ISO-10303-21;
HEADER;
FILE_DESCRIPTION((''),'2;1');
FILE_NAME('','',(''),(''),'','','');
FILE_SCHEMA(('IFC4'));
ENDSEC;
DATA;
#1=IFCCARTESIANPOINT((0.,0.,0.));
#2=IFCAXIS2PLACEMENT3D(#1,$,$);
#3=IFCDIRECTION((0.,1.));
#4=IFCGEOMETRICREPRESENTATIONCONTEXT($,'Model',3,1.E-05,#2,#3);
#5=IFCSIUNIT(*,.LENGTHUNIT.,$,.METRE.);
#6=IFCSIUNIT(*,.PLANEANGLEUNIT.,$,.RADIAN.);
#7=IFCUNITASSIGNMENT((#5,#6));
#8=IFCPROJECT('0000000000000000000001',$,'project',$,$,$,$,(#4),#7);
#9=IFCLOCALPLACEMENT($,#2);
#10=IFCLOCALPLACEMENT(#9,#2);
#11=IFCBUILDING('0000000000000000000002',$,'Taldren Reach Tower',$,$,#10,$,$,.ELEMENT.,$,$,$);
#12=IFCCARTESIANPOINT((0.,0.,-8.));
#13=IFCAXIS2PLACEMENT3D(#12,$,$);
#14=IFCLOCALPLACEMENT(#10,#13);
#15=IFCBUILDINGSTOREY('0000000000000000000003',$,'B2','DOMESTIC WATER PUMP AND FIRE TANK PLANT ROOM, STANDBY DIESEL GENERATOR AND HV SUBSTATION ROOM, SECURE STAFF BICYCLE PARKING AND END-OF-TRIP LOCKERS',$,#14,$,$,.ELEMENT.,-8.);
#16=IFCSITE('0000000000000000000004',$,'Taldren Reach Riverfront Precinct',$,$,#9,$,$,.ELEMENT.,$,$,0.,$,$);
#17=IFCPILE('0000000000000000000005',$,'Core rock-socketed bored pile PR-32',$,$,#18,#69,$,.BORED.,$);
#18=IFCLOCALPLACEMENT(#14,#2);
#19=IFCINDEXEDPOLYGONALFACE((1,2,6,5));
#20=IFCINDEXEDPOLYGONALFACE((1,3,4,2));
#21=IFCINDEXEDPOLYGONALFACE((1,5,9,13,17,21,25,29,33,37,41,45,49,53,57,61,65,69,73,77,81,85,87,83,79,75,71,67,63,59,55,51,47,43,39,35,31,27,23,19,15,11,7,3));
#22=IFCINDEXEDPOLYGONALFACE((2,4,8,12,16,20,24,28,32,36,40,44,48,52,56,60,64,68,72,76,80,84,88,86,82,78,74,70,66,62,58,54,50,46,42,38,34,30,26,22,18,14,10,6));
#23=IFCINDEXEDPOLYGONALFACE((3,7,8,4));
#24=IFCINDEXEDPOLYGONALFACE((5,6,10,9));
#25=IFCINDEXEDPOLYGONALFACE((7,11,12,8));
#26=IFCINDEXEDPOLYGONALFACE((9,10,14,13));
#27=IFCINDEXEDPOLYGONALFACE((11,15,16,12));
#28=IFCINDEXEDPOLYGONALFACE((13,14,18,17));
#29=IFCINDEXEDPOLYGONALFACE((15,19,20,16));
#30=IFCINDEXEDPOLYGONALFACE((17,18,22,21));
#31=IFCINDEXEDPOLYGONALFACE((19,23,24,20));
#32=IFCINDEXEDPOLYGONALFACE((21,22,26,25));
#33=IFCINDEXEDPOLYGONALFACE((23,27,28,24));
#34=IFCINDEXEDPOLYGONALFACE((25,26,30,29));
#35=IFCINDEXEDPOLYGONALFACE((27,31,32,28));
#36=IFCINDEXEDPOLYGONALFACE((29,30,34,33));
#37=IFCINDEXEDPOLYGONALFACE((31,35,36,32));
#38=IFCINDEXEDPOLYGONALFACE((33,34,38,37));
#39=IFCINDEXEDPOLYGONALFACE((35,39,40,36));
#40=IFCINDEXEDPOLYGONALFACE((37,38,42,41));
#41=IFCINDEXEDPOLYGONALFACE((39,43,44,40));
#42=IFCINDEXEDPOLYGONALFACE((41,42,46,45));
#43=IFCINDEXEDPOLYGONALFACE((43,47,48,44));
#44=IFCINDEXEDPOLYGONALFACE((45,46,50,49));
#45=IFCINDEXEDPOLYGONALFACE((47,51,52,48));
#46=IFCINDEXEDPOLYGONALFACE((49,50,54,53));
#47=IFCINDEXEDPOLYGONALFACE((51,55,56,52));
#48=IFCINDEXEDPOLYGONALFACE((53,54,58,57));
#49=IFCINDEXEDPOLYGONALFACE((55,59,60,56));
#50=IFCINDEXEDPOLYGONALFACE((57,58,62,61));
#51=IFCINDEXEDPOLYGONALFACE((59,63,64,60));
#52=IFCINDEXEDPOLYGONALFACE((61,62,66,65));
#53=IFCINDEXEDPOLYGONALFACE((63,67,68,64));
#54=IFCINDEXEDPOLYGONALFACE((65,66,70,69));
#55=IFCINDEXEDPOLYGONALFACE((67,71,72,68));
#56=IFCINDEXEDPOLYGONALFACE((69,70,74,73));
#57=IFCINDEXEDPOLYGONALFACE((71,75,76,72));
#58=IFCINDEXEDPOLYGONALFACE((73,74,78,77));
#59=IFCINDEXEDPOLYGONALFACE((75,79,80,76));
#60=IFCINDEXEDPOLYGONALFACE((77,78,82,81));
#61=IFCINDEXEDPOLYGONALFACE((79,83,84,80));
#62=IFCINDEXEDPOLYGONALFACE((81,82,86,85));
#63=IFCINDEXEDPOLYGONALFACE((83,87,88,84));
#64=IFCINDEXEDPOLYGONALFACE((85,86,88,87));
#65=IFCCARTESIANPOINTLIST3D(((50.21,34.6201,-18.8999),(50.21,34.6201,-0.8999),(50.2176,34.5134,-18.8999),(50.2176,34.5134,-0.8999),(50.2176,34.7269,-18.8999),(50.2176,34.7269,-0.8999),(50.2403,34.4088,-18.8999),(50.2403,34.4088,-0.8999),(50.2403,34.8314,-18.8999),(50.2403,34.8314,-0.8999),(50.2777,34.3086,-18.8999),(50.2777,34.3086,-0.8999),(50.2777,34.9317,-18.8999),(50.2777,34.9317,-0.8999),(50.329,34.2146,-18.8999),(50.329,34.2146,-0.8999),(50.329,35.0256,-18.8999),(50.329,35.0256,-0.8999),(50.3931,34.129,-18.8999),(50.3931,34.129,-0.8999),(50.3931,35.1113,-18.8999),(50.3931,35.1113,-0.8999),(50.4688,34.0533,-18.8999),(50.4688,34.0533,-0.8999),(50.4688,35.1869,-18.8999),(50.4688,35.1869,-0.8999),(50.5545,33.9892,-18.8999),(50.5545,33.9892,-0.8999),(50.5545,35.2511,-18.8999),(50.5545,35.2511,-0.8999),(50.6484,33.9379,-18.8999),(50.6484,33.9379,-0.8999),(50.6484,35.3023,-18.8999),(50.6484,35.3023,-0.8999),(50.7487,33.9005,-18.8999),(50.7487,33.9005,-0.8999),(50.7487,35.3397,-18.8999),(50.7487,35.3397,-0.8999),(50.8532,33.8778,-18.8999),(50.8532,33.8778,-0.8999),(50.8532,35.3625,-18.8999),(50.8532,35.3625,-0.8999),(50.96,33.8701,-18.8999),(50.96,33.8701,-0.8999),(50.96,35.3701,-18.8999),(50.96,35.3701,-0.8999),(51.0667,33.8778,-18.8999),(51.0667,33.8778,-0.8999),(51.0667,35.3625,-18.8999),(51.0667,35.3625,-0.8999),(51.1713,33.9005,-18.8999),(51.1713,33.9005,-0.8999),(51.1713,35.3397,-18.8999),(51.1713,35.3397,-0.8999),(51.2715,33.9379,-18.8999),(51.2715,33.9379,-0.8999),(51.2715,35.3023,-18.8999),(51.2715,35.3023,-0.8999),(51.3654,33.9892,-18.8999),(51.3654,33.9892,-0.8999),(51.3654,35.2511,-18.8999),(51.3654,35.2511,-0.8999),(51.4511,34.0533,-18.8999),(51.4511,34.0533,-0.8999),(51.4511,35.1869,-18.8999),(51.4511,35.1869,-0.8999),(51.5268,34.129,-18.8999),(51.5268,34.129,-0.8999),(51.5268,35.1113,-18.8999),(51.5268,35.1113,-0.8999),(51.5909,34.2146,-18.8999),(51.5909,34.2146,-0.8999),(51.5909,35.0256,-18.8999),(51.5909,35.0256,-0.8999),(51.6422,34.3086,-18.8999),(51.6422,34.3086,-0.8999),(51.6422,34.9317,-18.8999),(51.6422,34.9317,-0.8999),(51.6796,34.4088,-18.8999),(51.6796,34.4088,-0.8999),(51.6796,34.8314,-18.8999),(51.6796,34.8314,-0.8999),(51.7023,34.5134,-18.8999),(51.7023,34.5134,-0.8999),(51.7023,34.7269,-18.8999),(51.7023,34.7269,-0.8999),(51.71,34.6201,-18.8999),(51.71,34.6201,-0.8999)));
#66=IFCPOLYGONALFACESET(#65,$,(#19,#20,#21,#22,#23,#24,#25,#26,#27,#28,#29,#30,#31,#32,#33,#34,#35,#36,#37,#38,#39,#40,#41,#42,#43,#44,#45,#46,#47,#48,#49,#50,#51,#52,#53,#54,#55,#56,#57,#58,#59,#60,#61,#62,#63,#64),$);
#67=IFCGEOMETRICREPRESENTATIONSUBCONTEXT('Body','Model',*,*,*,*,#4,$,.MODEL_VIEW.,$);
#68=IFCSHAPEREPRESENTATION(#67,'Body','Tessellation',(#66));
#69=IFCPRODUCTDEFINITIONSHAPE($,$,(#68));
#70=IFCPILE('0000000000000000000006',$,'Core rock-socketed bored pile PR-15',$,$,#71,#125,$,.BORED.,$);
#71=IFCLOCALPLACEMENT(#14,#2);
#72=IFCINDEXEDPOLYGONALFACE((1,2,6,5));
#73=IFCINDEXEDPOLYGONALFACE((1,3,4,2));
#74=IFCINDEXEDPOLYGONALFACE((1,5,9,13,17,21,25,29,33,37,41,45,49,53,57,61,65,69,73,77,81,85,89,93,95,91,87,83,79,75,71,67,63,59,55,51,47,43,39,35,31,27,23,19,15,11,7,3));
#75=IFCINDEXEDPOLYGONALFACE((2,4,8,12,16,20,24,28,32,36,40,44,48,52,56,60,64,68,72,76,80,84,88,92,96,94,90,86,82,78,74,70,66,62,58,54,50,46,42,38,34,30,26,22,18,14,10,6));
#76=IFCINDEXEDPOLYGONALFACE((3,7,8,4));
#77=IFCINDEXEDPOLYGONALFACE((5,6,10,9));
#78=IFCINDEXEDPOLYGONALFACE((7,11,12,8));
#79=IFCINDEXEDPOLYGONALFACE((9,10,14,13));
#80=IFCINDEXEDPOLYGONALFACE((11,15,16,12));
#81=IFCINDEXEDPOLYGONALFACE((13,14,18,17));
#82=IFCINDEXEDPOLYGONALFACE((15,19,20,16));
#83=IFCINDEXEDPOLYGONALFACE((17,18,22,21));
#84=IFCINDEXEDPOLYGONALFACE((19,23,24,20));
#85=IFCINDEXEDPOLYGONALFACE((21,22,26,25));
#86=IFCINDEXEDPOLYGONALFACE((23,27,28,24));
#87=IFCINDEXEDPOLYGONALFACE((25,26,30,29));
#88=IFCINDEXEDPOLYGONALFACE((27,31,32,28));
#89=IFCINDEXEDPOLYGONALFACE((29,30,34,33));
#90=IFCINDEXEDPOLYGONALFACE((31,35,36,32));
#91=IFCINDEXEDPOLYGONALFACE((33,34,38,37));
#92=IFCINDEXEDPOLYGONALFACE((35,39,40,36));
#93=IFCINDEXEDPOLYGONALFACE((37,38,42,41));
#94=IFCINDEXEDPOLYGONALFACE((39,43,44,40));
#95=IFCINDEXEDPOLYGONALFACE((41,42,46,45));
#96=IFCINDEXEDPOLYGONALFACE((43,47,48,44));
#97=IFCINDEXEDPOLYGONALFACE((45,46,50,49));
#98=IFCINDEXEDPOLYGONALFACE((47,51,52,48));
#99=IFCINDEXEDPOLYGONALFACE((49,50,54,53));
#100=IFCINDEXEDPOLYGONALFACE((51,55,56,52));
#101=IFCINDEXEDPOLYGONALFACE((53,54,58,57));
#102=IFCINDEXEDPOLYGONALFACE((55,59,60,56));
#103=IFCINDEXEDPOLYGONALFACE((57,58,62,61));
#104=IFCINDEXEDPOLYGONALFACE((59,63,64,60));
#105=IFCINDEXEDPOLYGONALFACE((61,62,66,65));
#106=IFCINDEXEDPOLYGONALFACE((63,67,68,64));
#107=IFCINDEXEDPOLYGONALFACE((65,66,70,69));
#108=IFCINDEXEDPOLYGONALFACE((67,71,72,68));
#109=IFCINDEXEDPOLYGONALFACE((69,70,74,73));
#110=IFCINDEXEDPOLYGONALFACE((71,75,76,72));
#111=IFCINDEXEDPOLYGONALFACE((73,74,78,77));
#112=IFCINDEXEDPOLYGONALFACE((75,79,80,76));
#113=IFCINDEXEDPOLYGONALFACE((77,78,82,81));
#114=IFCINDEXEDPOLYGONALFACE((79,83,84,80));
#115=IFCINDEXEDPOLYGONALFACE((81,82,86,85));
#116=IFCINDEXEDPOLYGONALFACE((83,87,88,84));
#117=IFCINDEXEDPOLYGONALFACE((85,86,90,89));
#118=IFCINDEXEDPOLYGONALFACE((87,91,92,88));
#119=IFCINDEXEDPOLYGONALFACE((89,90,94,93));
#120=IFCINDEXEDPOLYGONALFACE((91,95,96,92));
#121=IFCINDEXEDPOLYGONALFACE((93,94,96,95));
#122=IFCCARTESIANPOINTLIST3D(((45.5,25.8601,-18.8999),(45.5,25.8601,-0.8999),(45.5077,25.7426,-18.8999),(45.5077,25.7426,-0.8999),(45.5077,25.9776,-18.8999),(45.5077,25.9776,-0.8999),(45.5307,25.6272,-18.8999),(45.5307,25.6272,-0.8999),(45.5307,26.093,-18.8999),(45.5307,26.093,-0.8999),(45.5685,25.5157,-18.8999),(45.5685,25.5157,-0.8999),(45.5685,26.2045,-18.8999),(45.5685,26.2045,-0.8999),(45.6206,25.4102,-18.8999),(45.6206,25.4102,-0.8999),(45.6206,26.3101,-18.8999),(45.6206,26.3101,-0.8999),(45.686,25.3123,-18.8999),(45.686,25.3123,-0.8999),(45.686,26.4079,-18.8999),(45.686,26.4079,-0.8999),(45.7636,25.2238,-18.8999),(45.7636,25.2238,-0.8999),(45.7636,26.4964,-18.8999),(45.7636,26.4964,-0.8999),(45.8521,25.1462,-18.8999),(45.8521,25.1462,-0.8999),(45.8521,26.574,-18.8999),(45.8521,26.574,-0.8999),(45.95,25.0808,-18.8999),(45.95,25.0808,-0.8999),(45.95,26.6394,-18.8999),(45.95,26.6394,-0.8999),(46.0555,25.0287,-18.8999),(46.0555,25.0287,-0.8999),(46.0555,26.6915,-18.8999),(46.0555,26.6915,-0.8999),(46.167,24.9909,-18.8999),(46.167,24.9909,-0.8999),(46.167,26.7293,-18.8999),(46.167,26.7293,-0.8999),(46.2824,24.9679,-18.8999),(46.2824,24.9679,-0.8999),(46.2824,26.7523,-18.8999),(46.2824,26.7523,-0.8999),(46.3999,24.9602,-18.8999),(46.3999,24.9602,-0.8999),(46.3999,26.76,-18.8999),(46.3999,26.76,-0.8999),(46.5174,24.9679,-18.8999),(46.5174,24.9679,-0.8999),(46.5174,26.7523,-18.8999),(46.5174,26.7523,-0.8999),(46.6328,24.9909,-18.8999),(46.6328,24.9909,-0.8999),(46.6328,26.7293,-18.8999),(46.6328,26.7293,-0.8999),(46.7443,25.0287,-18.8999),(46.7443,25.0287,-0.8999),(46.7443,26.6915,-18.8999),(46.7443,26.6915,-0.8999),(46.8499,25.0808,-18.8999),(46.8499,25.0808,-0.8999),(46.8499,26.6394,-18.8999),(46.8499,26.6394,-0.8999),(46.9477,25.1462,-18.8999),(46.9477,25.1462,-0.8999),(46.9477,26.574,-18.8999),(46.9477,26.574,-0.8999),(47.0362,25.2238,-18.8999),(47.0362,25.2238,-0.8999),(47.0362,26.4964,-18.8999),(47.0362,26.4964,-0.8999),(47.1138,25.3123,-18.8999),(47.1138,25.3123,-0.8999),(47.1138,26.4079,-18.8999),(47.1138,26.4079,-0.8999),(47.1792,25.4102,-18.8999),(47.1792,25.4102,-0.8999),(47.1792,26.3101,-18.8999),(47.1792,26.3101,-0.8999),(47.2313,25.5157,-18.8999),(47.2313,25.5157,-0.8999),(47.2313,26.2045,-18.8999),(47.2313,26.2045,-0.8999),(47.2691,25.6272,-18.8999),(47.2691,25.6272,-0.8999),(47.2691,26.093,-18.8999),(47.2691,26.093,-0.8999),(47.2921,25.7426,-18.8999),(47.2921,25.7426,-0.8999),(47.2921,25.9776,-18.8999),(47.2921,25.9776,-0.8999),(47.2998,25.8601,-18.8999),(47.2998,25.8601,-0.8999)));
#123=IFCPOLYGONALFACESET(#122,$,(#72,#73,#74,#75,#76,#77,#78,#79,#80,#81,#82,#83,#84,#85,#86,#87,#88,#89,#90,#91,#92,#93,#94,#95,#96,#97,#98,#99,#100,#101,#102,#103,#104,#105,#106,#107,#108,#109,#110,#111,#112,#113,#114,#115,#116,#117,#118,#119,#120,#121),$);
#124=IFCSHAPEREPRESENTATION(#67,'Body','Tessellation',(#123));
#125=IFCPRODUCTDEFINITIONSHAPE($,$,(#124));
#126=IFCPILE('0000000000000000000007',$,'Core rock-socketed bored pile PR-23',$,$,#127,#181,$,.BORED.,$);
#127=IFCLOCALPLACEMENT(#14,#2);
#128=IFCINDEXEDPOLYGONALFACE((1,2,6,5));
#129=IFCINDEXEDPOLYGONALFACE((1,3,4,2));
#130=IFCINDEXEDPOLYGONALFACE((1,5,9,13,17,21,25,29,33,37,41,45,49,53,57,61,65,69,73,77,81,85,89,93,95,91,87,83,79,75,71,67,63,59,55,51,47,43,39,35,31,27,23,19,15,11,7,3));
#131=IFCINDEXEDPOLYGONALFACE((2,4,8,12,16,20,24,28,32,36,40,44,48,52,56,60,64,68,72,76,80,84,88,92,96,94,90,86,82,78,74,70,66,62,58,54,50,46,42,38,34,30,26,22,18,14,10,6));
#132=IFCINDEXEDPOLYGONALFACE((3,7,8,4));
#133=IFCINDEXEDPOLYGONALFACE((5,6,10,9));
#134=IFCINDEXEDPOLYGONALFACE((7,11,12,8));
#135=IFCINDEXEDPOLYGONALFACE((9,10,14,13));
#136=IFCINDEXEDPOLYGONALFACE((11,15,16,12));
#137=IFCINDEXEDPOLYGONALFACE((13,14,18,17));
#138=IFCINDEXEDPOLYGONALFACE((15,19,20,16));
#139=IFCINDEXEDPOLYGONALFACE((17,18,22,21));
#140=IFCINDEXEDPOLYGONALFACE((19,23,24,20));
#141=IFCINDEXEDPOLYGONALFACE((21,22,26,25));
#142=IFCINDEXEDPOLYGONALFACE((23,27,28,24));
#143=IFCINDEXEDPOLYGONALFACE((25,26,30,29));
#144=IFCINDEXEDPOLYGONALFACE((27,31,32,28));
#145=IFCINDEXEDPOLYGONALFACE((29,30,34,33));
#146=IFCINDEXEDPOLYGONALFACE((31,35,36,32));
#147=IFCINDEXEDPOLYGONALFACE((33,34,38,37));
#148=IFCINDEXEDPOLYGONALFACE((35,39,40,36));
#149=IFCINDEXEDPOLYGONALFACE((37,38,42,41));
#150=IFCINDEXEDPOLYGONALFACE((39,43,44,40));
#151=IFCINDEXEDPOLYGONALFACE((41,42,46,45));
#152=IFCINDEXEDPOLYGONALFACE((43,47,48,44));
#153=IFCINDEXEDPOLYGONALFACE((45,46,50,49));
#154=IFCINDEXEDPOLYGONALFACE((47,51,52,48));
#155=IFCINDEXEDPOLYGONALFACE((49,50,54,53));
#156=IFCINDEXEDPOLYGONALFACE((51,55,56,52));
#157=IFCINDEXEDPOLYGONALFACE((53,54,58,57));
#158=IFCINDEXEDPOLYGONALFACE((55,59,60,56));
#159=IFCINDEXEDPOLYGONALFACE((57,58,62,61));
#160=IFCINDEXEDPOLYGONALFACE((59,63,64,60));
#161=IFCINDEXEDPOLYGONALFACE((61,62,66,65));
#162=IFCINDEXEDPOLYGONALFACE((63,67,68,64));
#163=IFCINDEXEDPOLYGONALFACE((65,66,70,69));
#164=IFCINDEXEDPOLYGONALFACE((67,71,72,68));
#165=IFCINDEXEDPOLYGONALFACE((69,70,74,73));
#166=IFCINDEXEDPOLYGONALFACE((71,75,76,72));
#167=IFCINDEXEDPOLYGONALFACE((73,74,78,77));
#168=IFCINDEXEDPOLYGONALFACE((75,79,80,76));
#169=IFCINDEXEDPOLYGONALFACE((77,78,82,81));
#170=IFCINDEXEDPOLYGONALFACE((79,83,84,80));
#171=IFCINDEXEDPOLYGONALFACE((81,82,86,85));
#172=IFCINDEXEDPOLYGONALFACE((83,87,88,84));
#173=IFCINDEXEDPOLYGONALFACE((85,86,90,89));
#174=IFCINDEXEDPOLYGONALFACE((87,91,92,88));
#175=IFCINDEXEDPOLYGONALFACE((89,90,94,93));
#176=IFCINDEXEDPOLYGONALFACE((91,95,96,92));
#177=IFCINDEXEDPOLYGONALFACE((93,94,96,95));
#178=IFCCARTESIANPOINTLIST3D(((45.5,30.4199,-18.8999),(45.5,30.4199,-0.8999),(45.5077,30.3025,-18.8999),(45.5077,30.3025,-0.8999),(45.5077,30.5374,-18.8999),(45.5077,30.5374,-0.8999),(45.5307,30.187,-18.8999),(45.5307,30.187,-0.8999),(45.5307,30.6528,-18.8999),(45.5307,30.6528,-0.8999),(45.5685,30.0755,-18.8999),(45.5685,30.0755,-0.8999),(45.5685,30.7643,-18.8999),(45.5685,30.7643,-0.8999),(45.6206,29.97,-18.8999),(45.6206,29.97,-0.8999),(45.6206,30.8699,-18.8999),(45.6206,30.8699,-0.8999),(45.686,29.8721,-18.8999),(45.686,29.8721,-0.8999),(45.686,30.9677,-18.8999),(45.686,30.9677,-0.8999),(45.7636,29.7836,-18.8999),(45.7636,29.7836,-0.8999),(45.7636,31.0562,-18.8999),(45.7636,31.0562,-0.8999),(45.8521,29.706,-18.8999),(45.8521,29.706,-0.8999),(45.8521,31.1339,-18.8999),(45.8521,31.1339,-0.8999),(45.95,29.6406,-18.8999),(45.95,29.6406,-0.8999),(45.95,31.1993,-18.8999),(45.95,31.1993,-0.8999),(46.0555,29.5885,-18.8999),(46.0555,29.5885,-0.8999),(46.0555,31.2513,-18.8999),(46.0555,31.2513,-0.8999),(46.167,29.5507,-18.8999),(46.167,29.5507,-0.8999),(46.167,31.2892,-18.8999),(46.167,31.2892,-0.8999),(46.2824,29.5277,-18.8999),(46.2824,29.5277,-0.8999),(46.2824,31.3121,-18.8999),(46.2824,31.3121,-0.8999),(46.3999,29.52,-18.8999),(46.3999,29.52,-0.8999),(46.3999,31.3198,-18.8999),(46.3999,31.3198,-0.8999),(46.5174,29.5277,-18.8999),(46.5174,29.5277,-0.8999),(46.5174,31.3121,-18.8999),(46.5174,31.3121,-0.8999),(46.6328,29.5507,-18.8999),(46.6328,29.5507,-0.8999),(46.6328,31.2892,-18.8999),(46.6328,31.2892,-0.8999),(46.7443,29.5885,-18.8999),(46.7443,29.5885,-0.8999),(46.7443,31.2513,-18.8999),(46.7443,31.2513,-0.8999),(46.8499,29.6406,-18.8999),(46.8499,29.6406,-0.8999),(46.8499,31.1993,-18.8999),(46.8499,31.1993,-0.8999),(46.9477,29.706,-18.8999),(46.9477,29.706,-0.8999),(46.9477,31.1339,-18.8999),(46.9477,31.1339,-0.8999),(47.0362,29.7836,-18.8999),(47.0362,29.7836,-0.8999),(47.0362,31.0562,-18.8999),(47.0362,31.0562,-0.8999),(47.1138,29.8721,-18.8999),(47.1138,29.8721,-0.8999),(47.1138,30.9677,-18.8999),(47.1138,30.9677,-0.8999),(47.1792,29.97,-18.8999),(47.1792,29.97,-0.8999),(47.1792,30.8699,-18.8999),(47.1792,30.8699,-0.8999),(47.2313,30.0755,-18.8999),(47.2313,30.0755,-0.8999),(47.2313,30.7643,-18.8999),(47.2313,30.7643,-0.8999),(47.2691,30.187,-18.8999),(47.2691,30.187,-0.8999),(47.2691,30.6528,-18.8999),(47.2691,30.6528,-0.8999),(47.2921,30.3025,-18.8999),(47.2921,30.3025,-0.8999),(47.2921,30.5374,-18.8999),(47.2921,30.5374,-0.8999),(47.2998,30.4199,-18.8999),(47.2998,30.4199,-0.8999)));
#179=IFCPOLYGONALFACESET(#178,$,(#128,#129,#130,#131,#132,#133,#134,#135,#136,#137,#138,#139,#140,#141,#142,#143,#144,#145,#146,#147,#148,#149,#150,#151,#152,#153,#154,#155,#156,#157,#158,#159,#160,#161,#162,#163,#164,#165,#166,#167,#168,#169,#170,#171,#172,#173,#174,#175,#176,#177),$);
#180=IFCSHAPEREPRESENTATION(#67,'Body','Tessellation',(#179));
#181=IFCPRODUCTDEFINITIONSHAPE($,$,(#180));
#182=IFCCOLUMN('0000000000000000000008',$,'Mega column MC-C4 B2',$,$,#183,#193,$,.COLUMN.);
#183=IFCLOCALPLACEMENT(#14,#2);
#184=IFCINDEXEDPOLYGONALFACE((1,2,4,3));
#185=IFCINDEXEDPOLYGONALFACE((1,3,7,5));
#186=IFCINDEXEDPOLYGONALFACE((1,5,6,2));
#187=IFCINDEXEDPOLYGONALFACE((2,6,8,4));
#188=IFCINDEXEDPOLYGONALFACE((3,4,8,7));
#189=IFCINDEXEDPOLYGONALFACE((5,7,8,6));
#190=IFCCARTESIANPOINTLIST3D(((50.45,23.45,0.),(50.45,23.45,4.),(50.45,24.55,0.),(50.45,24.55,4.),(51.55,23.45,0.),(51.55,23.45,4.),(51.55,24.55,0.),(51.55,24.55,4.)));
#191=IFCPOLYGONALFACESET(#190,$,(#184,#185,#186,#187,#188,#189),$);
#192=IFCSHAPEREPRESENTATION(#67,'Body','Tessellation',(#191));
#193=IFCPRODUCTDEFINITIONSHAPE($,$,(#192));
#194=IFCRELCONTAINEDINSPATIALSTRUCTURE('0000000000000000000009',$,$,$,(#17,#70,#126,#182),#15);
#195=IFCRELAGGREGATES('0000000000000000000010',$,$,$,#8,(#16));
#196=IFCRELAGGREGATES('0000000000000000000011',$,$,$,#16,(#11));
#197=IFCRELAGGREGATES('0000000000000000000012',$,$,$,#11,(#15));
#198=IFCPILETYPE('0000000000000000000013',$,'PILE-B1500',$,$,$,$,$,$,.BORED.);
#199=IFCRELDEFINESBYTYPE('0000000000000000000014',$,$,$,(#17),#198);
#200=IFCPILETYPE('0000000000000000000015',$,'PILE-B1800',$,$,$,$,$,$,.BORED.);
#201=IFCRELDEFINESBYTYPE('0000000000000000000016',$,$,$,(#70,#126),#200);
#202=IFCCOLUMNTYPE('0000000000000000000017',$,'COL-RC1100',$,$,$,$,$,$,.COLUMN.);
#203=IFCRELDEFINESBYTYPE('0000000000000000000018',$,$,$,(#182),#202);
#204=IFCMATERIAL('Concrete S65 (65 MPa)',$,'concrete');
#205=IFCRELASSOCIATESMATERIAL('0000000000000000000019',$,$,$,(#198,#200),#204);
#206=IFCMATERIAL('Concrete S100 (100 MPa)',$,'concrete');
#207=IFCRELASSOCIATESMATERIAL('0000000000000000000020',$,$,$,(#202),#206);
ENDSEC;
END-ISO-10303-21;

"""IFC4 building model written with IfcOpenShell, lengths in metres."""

from ifc_helpers import new_model, si_unit, direction, frame, origin, origin_2d, place, context, subcontext, project, spatial, rectangle, circle, extrude, source, transform, mapped, material, material_profile, profile_set, type_object, element, save


model = new_model("IFC4")

# Units and contexts
model_context = context("Model", 3, precision=1e-05, world=origin(), true_north=direction((0.0, 1.0)))
body_context = subcontext(model_context, "Body", "Model", "MODEL_VIEW")
ifc_project = project(units=[si_unit("LENGTHUNIT", "METRE"), si_unit("PLANEANGLEUNIT", "RADIAN")], contexts=[model_context])

# Site, building, storey
site_placement = place(None, origin())
site = spatial("IfcSite", under=ifc_project, at=site_placement, Name="Taldren Reach Riverfront Precinct", CompositionType="ELEMENT", RefElevation=0.0)
building_placement = place(site_placement, origin())
building = spatial("IfcBuilding", under=site, at=building_placement, Name="Taldren Reach Tower", CompositionType="ELEMENT")
storey_placement = place(building_placement, frame((0.0, 0.0, -8.0)))
storey = spatial("IfcBuildingStorey", under=building, at=storey_placement, Name="B2", Description="DOMESTIC WATER PUMP AND FIRE TANK PLANT ROOM, STANDBY DIESEL GENERATOR AND HV SUBSTATION ROOM, SECURE STAFF BICYCLE PARKING AND END-OF-TRIP LOCKERS", CompositionType="ELEMENT", Elevation=-8.0)

# Piles
ifc_material_1 = material(Name="Concrete S65 (65 MPa)", Category="concrete")
ifc_material_profile_1 = material_profile(ifc_material_1, circle(Radius=0.75, at=origin_2d()), Name="PB-1500")
ifc_profile_set_1 = profile_set([ifc_material_profile_1], Name="Concrete S65 (65 MPa)")
pile_type_1 = type_object("IfcPileType", Name="PILE-B1500", PredefinedType="BORED", material=ifc_profile_set_1)
shared_shape_1 = source(origin(), body_context, "Body", "SweptSolid", [
    extrude(circle(Radius=0.75, at=origin_2d()), origin(), (0.0, 0.0, 1.0), 18.0),
])
for number, where, z_axis, x_axis, name in (
    (1, (50.96, 34.6201, -0.8999), (0.0, 0.0, -1.0), (1.0, 0.0, 0.0), "Core rock-socketed bored pile PR-32"),
):
    element("IfcPile", number, at=place(storey_placement, frame(where, z_axis=z_axis, x_axis=x_axis)), inside=storey, type_object=pile_type_1, Name=name, PredefinedType="BORED", context=body_context, shape_type="MappedRepresentation", body=[
        mapped(shared_shape_1, transform((0.0, 0.0, 0.0), scale=1.0)),
    ])
ifc_material_profile_2 = material_profile(ifc_material_1, circle(Radius=0.8999, at=origin_2d()), Name="PB-1800")
ifc_profile_set_2 = profile_set([ifc_material_profile_2], Name="Concrete S65 (65 MPa)")
pile_type_2 = type_object("IfcPileType", Name="PILE-B1800", PredefinedType="BORED", material=ifc_profile_set_2)
shared_shape_2 = source(origin(), body_context, "Body", "SweptSolid", [
    extrude(circle(Radius=0.8999, at=origin_2d()), origin(), (0.0, 0.0, 1.0), 18.0),
])
for number, where, z_axis, x_axis, name in (
    (2, (46.3999, 25.8601, -0.8999), (0.0, 0.0, -1.0), (1.0, 0.0, 0.0), "Core rock-socketed bored pile PR-15"),
    (3, (46.3999, 30.4199, -0.8999), (0.0, 0.0, -1.0), (1.0, 0.0, 0.0), "Core rock-socketed bored pile PR-23"),
):
    element("IfcPile", number, at=place(storey_placement, frame(where, z_axis=z_axis, x_axis=x_axis)), inside=storey, type_object=pile_type_2, Name=name, PredefinedType="BORED", context=body_context, shape_type="MappedRepresentation", body=[
        mapped(shared_shape_2, transform((0.0, 0.0, 0.0), scale=1.0)),
    ])

# Column
ifc_material_2 = material(Name="Concrete S100 (100 MPa)", Category="concrete")
ifc_material_profile_3 = material_profile(ifc_material_2, rectangle(XDim=1.1001, YDim=1.1001, at=origin_2d()), Name="RC-1100x1100")
ifc_profile_set_3 = profile_set([ifc_material_profile_3], Name="Concrete S100 (100 MPa)")
column_type = type_object("IfcColumnType", Name="COL-RC1100", PredefinedType="COLUMN", material=ifc_profile_set_3)
shared_shape_3 = source(origin(), body_context, "Body", "SweptSolid", [
    extrude(rectangle(XDim=1.1001, YDim=1.1001, at=origin_2d()), origin(), (0.0, 0.0, 1.0), 4.0),
])
column_placement = place(storey_placement, frame((51.0, 24.0, 0.0), z_axis=(0.0, 0.0, 1.0), x_axis=(1.0, 0.0, 0.0)))
element("IfcColumn", 4, at=column_placement, inside=storey, type_object=column_type, Name="Mega column MC-C4 B2", PredefinedType="COLUMN", context=body_context, shape_type="MappedRepresentation", body=[
    mapped(shared_shape_3, transform((0.0, 0.0, 0.0), scale=1.0)),
])

save(model, "model.ifc")
